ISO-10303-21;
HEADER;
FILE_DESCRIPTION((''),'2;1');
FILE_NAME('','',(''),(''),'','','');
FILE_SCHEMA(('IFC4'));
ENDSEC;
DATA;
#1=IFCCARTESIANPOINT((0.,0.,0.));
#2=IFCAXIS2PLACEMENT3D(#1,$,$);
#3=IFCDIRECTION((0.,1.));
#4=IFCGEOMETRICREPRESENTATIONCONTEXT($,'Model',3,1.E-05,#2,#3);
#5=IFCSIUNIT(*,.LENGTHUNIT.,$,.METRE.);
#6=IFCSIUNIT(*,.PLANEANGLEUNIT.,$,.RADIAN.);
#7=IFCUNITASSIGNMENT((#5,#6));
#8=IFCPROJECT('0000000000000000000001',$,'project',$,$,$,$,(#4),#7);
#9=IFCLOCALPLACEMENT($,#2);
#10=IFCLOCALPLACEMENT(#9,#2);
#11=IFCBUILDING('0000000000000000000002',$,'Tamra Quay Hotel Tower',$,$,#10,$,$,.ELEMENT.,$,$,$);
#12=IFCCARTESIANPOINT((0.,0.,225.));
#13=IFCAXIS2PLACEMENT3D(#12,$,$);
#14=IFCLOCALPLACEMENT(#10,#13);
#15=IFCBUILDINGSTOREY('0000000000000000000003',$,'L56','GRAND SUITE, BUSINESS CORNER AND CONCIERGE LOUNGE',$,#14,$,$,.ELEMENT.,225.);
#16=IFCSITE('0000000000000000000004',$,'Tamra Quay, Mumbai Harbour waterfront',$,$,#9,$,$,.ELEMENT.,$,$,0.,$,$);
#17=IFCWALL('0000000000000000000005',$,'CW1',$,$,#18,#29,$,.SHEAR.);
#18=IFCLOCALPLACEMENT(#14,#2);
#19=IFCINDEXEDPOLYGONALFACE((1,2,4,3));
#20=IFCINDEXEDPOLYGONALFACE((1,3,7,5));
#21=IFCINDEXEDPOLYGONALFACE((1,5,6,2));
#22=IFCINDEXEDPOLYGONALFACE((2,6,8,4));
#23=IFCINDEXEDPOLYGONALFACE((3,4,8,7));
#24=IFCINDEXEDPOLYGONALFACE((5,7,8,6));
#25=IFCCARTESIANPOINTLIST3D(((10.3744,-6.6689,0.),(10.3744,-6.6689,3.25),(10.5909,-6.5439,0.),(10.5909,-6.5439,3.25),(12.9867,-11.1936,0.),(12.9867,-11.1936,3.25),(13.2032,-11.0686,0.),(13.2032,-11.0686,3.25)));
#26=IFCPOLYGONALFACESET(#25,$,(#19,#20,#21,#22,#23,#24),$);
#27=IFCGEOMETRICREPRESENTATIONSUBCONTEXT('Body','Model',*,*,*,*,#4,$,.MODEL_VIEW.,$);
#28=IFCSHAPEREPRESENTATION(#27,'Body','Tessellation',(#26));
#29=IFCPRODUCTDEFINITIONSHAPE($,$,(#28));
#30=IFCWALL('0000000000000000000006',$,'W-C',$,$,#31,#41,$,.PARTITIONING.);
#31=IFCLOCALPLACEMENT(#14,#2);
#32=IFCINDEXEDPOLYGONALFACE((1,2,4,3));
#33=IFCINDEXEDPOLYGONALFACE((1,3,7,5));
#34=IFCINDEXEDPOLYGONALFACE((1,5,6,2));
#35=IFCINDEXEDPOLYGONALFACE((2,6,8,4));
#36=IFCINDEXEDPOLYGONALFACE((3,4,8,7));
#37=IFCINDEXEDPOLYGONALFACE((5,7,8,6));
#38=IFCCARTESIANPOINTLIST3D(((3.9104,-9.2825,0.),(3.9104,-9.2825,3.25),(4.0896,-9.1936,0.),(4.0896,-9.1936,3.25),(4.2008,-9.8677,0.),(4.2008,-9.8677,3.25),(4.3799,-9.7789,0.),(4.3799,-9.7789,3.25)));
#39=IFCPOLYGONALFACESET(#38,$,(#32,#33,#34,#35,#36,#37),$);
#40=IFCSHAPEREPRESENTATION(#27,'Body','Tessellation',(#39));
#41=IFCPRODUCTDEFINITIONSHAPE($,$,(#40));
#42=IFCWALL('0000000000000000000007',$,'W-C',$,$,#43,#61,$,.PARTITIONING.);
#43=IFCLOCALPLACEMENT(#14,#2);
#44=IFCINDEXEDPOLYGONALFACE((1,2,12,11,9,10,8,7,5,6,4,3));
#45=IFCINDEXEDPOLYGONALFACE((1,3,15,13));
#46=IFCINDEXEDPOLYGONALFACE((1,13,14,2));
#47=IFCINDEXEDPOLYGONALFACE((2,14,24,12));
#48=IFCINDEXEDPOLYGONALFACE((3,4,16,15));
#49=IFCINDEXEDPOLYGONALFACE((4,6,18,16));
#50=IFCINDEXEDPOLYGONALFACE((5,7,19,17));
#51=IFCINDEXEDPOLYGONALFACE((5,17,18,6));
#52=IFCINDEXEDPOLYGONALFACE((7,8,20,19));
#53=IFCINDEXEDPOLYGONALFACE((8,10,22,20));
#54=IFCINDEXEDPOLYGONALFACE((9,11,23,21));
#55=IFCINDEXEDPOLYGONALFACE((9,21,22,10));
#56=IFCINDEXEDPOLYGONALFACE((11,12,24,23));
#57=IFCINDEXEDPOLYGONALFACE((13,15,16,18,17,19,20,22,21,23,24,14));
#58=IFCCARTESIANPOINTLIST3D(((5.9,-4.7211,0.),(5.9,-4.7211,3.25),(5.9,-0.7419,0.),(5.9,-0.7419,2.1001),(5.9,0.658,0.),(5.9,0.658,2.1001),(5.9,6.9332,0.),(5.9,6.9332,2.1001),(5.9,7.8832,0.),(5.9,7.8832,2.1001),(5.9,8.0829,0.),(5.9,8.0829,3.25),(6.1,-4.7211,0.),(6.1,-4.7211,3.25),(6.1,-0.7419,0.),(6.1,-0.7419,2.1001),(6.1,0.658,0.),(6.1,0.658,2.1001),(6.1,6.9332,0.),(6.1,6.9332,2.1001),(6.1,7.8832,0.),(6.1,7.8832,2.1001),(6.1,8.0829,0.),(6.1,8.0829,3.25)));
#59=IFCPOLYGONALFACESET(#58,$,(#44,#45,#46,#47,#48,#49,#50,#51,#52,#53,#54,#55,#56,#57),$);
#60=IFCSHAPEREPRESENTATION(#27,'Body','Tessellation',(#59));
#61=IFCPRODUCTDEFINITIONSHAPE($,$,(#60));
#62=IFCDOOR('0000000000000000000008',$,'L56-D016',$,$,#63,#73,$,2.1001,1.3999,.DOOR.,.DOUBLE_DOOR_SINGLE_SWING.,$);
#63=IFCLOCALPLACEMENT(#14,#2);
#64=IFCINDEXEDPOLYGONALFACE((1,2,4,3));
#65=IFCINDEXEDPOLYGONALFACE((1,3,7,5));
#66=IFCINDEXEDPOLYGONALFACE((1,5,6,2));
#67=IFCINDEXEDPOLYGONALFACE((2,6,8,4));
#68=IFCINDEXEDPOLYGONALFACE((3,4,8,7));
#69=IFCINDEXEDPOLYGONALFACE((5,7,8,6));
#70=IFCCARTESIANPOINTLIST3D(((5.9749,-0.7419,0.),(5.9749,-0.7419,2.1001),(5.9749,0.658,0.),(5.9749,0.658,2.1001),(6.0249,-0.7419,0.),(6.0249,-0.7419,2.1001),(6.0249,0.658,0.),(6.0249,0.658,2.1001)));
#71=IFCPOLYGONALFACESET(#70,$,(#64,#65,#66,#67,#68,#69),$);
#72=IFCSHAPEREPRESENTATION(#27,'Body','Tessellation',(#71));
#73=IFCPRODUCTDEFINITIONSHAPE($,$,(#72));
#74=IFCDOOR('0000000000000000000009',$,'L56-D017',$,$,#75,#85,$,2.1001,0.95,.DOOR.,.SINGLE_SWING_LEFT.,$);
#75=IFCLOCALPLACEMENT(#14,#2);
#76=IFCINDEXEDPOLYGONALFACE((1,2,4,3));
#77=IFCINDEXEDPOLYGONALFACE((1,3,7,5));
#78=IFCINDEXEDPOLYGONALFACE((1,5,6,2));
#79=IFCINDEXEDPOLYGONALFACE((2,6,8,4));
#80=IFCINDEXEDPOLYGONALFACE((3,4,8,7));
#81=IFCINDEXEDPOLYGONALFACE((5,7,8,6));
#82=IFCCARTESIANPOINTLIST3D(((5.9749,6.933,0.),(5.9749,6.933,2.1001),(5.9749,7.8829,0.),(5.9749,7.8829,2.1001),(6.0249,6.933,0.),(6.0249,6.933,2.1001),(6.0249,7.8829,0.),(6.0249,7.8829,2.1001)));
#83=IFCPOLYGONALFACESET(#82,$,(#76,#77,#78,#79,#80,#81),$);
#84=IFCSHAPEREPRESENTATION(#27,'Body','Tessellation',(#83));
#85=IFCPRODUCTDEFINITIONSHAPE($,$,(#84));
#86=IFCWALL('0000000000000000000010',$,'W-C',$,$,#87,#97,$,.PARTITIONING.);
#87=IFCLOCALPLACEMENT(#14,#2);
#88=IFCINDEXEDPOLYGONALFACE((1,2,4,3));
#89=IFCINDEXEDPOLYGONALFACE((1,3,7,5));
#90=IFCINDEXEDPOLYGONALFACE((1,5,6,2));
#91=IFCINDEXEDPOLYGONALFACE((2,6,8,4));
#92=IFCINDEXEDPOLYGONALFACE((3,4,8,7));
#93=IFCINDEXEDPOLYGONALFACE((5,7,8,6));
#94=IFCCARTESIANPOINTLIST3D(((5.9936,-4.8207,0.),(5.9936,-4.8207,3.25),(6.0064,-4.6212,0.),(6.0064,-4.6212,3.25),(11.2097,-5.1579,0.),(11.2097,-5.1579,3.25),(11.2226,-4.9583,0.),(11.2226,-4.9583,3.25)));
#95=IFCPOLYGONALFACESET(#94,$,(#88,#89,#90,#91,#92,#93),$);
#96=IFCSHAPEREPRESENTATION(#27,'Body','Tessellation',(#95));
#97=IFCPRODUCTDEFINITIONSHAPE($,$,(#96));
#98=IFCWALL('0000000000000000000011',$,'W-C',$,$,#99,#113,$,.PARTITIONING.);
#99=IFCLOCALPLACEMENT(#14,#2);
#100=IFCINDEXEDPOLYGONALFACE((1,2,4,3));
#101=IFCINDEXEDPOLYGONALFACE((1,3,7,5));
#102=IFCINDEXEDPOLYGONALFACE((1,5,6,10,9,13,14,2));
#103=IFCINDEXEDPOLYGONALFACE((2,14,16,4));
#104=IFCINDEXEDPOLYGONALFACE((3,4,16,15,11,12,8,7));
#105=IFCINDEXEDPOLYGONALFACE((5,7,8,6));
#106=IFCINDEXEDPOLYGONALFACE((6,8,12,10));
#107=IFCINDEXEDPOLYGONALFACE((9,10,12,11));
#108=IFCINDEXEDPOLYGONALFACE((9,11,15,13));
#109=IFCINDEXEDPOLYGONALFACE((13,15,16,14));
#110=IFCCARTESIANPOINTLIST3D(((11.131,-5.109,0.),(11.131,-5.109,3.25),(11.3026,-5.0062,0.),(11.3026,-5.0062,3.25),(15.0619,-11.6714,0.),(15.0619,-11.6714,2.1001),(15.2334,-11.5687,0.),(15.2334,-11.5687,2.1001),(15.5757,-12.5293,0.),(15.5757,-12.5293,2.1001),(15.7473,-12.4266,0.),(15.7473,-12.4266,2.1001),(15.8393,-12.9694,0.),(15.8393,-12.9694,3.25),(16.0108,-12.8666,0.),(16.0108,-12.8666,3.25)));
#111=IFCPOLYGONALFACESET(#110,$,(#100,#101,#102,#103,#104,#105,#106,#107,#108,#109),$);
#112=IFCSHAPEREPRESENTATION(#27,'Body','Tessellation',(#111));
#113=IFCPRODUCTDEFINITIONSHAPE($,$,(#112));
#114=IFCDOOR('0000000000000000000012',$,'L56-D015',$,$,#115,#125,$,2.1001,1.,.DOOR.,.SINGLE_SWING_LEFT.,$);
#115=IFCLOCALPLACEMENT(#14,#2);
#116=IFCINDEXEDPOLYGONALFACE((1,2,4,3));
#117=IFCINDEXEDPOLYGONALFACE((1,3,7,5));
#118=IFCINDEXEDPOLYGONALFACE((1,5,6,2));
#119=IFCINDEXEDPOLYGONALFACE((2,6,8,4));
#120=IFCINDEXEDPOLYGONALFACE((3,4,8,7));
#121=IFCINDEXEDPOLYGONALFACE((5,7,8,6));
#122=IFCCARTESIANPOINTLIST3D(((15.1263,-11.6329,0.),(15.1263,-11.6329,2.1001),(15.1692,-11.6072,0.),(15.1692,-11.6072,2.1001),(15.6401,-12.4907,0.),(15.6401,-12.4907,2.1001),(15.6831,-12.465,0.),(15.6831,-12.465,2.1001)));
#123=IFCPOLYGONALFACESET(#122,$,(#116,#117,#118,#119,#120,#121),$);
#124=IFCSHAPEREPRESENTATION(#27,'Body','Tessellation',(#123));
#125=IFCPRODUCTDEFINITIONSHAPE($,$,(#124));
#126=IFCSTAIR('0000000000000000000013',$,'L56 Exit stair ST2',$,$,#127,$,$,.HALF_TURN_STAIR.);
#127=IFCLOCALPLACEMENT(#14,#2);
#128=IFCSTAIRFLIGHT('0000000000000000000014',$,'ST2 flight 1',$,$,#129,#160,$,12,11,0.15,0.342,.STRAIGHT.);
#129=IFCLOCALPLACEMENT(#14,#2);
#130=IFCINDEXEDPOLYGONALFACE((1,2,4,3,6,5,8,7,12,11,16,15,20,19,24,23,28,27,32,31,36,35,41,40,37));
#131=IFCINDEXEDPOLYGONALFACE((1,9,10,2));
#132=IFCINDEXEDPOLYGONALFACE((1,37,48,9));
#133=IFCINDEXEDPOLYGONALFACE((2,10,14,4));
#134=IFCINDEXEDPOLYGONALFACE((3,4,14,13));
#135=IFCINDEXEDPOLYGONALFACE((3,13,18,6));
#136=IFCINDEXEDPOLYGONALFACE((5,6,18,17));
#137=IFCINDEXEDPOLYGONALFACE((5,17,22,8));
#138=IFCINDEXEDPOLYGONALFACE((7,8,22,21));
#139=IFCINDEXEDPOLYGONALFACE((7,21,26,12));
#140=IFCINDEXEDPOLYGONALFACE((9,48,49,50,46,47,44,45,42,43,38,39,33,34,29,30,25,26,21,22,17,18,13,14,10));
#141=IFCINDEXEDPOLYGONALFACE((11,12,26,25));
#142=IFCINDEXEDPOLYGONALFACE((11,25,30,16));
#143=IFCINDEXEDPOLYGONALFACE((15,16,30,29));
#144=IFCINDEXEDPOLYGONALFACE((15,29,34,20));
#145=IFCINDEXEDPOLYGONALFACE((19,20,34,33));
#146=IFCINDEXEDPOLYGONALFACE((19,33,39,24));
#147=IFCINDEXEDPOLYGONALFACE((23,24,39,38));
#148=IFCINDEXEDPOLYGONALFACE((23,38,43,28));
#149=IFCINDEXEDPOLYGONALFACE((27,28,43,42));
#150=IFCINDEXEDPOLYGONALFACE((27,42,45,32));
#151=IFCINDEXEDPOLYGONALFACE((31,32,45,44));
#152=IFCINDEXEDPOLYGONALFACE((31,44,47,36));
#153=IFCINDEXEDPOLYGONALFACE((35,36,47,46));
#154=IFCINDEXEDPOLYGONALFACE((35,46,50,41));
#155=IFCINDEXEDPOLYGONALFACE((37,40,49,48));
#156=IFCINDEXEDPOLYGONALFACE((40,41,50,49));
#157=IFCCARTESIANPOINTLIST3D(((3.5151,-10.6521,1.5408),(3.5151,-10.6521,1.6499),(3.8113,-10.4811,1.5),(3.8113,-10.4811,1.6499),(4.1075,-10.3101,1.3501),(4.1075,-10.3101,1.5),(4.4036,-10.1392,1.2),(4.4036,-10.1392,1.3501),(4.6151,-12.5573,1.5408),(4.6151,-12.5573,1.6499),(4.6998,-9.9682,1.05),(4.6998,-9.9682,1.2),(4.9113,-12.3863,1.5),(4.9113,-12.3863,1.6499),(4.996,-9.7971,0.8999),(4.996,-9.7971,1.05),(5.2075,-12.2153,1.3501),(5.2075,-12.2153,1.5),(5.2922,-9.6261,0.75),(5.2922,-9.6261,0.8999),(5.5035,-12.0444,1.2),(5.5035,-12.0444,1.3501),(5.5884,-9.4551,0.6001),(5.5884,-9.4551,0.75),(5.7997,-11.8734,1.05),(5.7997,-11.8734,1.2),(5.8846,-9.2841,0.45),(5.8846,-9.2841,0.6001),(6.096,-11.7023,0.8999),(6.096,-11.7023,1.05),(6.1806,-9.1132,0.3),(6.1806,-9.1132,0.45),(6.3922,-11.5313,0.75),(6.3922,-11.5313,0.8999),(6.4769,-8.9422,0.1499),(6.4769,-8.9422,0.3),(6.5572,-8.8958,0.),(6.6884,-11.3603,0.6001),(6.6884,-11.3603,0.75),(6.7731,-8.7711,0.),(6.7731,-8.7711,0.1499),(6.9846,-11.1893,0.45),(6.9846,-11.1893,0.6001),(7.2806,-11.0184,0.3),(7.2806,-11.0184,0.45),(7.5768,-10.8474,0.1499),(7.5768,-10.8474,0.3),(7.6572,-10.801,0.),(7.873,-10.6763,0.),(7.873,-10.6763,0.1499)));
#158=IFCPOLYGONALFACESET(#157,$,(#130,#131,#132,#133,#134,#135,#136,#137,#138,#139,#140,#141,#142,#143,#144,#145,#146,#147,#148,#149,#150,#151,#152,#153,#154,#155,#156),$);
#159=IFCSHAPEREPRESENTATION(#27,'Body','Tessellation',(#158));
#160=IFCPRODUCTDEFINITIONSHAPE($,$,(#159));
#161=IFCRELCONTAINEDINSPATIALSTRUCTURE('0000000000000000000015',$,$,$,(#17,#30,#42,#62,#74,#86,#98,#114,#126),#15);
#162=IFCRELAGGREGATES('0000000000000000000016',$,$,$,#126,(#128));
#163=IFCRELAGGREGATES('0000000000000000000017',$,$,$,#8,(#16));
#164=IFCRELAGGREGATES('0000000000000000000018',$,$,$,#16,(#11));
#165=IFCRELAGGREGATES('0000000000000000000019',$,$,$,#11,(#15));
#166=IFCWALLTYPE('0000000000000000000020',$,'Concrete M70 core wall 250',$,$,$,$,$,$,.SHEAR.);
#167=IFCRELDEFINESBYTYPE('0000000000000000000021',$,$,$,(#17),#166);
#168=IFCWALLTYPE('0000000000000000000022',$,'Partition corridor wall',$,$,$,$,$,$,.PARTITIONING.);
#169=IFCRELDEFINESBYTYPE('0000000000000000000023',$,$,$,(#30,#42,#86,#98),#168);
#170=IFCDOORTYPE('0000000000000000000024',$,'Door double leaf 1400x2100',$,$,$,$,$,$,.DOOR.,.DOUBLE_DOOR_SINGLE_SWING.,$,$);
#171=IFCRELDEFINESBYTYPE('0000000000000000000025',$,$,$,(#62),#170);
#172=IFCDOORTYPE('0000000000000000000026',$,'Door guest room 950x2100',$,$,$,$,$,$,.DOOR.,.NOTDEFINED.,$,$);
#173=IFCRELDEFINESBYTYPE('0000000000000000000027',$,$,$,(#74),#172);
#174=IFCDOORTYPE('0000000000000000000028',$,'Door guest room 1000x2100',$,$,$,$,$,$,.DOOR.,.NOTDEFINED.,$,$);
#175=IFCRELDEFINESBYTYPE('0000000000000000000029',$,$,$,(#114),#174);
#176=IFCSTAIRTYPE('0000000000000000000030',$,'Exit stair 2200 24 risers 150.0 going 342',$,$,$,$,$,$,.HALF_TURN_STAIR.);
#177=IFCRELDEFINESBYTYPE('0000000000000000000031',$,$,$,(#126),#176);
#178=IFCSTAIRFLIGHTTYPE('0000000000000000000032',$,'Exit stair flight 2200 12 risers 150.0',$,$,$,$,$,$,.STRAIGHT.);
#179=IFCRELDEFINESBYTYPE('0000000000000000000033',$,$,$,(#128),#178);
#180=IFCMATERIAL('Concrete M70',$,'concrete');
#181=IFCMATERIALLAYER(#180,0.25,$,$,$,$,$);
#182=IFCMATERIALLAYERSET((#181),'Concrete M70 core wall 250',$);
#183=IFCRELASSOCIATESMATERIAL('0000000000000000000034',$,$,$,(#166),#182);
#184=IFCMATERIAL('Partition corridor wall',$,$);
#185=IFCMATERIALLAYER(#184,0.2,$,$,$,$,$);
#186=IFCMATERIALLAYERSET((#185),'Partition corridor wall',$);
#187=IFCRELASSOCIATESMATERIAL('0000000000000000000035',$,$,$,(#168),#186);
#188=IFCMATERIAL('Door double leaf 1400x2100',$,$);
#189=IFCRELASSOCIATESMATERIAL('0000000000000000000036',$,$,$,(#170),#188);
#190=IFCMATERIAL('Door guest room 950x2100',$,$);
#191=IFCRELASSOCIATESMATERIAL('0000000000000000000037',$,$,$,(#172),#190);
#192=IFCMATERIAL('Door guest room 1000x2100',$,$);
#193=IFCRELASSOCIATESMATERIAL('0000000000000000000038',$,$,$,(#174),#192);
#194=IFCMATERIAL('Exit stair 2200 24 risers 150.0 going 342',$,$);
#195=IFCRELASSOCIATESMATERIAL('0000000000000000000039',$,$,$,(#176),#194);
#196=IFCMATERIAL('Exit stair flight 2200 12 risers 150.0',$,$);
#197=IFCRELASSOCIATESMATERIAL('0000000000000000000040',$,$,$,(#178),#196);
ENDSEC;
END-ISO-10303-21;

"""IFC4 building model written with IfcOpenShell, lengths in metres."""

from ifc_helpers import new_model, si_unit, direction, frame, frame_2d, origin, place, context, subcontext, project, spatial, polyline, rectangle, outline, extrude, material, layer, layer_set, type_object, element, fill, aggregate, save


model = new_model("IFC4")

# Units and contexts
model_context = context("Model", 3, precision=1e-05, world=origin(), true_north=direction((0.0, 1.0)))
body_context = subcontext(model_context, "Body", "Model", "MODEL_VIEW")
ifc_project = project(units=[si_unit("LENGTHUNIT", "METRE"), si_unit("PLANEANGLEUNIT", "RADIAN")], contexts=[model_context])

# Site, building, storey
site_placement = place(None, origin())
site = spatial("IfcSite", under=ifc_project, at=site_placement, Name="Tamra Quay, Mumbai Harbour waterfront", CompositionType="ELEMENT", RefElevation=0.0)
building_placement = place(site_placement, origin())
building = spatial("IfcBuilding", under=site, at=building_placement, Name="Tamra Quay Hotel Tower", CompositionType="ELEMENT")
storey_placement = place(building_placement, frame((0.0, 0.0, 225.0)))
storey = spatial("IfcBuildingStorey", under=building, at=storey_placement, Name="L56", Description="GRAND SUITE, BUSINESS CORNER AND CONCIERGE LOUNGE", CompositionType="ELEMENT", Elevation=225.0)

# Shared definitions
ifc_material_1 = material(Name="Concrete M70", Category="concrete")

# Shared definitions
ifc_layer_1 = layer(ifc_material_1, 0.25)
ifc_layer_set_1 = layer_set([ifc_layer_1], Name="Concrete M70 core wall 250")
wall_type_1 = type_object("IfcWallType", Name="Concrete M70 core wall 250", PredefinedType="SHEAR", material=ifc_layer_set_1)

# Walls
wall_1_placement = place(storey_placement, frame((10.4827, -6.6064, 0.0), z_axis=(0.0, 0.0, 1.0), x_axis=(0.499999, -0.866026, 0.0)))
element("IfcWall", 1, at=wall_1_placement, inside=storey, type_object=wall_type_1, Name="CW1", PredefinedType="SHEAR", context=body_context, shape_type="SweptSolid", body=[
    extrude(rectangle(XDim=5.2246, YDim=0.25, at=frame_2d((2.6123, 0.0))), origin(), (0.0, 0.0, 1.0), 3.25),
])
ifc_material_2 = material(Name="Partition corridor wall")
ifc_layer_2 = layer(ifc_material_2, 0.2)
ifc_layer_set_2 = layer_set([ifc_layer_2], Name="Partition corridor wall")
wall_type_2 = type_object("IfcWallType", Name="Partition corridor wall", PredefinedType="PARTITIONING", material=ifc_layer_set_2)
wall_2_placement = place(storey_placement, frame((4.0, -9.238, 0.0), z_axis=(0.0, 0.0, 1.0), x_axis=(0.444371, -0.895843, 0.0)))
element("IfcWall", 2, at=wall_2_placement, inside=storey, type_object=wall_type_2, Name="W-C", PredefinedType="PARTITIONING", context=body_context, shape_type="SweptSolid", body=[
    extrude(rectangle(XDim=0.6533, YDim=0.2, at=frame_2d((0.3267, 0.0))), origin(), (0.0, 0.0, 1.0), 3.25),
])

# Wall, openings, doors
wall_3_placement = place(storey_placement, frame((6.0, -4.7209, 0.0), z_axis=(0.0, 0.0, 1.0), x_axis=(0.0, 1.0, 0.0)))
wall_3 = element("IfcWall", 3, at=wall_3_placement, inside=storey, type_object=wall_type_2, Name="W-C", PredefinedType="PARTITIONING", context=body_context, shape_type="SweptSolid", body=[
    extrude(rectangle(XDim=12.804, YDim=0.2, at=frame_2d((6.4019, 0.0))), origin(), (0.0, 0.0, 1.0), 3.25),
])
opening_1_placement = place(wall_3_placement, frame((3.979, 0.0, 0.0)))
opening_1 = element("IfcOpeningElement", 4, at=opening_1_placement, cuts=wall_3, PredefinedType="OPENING", context=body_context, shape_type="SweptSolid", body=[
    extrude(rectangle(XDim=1.3999, YDim=2.1001, at=frame_2d((0.7, 1.05))), frame((0.0, 0.1099, 0.0), z_axis=(0.0, -1.0, 0.0), x_axis=(1.0, 0.0, 0.0)), (0.0, 0.0, 1.0), 0.22),
])
opening_2_placement = place(wall_3_placement, frame((11.6541, 0.0, 0.0)))
opening_2 = element("IfcOpeningElement", 5, at=opening_2_placement, cuts=wall_3, PredefinedType="OPENING", context=body_context, shape_type="SweptSolid", body=[
    extrude(rectangle(XDim=0.95, YDim=2.1001, at=frame_2d((0.4751, 1.05))), frame((0.0, 0.1099, 0.0), z_axis=(0.0, -1.0, 0.0), x_axis=(1.0, 0.0, 0.0)), (0.0, 0.0, 1.0), 0.22),
])
ifc_material_3 = material(Name="Door double leaf 1400x2100")
door_type_1 = type_object("IfcDoorType", Name="Door double leaf 1400x2100", OperationType="DOUBLE_DOOR_SINGLE_SWING", PredefinedType="DOOR", material=ifc_material_3)
door_1_placement = place(opening_1_placement, frame((1.3999, 0.0, 0.0), z_axis=(0.0, 0.0, 1.0), x_axis=(-1.0, 0.0, 0.0)))
door_1 = element("IfcDoor", 6, at=door_1_placement, inside=storey, type_object=door_type_1, Name="L56-D016", OperationType="DOUBLE_DOOR_SINGLE_SWING", OverallHeight=2.1001, OverallWidth=1.3999, PredefinedType="DOOR", context=body_context, shape_type="SweptSolid", body=[
    extrude(rectangle(XDim=1.3999, YDim=2.1001, at=frame_2d((0.7, 1.05))), frame((0.0, 0.0249, 0.0), z_axis=(0.0, -1.0, 0.0), x_axis=(1.0, 0.0, 0.0)), (0.0, 0.0, 1.0), 0.05),
])
fill(opening_1, door_1)
ifc_material_4 = material(Name="Door guest room 950x2100")
door_type_2 = type_object("IfcDoorType", Name="Door guest room 950x2100", OperationType="NOTDEFINED", PredefinedType="DOOR", material=ifc_material_4)
door_2_placement = place(opening_2_placement, frame((0.95, 0.0, 0.0), z_axis=(0.0, 0.0, 1.0), x_axis=(-1.0, 0.0, 0.0)))
door_2 = element("IfcDoor", 7, at=door_2_placement, inside=storey, type_object=door_type_2, Name="L56-D017", OperationType="SINGLE_SWING_LEFT", OverallHeight=2.1001, OverallWidth=0.95, PredefinedType="DOOR", context=body_context, shape_type="SweptSolid", body=[
    extrude(rectangle(XDim=0.95, YDim=2.1001, at=frame_2d((0.4751, 1.05))), frame((0.0, 0.0249, 0.0), z_axis=(0.0, -1.0, 0.0), x_axis=(1.0, 0.0, 0.0)), (0.0, 0.0, 1.0), 0.05),
])
fill(opening_2, door_2)

# Wall
wall_4_placement = place(storey_placement, frame((6.0, -4.7209, 0.0), z_axis=(0.0, 0.0, 1.0), x_axis=(0.997917, -0.064504, 0.0)))
element("IfcWall", 8, at=wall_4_placement, inside=storey, type_object=wall_type_2, Name="W-C", PredefinedType="PARTITIONING", context=body_context, shape_type="SweptSolid", body=[
    extrude(rectangle(XDim=5.2271, YDim=0.2, at=frame_2d((2.6135, 0.0))), origin(), (0.0, 0.0, 1.0), 3.25),
])

# Wall, opening, door
wall_5_placement = place(storey_placement, frame((11.2168, -5.0576, 0.0), z_axis=(0.0, 0.0, 1.0), x_axis=(0.513857, -0.857876, 0.0)))
wall_5 = element("IfcWall", 9, at=wall_5_placement, inside=storey, type_object=wall_type_2, Name="W-C", PredefinedType="PARTITIONING", context=body_context, shape_type="SweptSolid", body=[
    extrude(rectangle(XDim=9.1626, YDim=0.2, at=frame_2d((4.5813, 0.0))), origin(), (0.0, 0.0, 1.0), 3.25),
])
opening_3_placement = place(wall_5_placement, frame((7.6497, 0.0, 0.0)))
opening_3 = element("IfcOpeningElement", 10, at=opening_3_placement, cuts=wall_5, PredefinedType="OPENING", context=body_context, shape_type="SweptSolid", body=[
    extrude(rectangle(XDim=1.0, YDim=2.1001, at=frame_2d((0.5, 1.05))), frame((0.0, 0.1099, 0.0), z_axis=(0.0, -1.0, 0.0), x_axis=(1.0, 0.0, 0.0)), (0.0, 0.0, 1.0), 0.22),
])
ifc_material_5 = material(Name="Door guest room 1000x2100")
door_type_3 = type_object("IfcDoorType", Name="Door guest room 1000x2100", OperationType="NOTDEFINED", PredefinedType="DOOR", material=ifc_material_5)
door_3_placement = place(opening_3_placement, frame((1.0, 0.0, 0.0), z_axis=(0.0, 0.0, 1.0), x_axis=(-1.0, 0.0, 0.0)))
door_3 = element("IfcDoor", 11, at=door_3_placement, inside=storey, type_object=door_type_3, Name="L56-D015", OperationType="SINGLE_SWING_LEFT", OverallHeight=2.1001, OverallWidth=1.0, PredefinedType="DOOR", context=body_context, shape_type="SweptSolid", body=[
    extrude(rectangle(XDim=1.0, YDim=2.1001, at=frame_2d((0.5, 1.05))), frame((0.0, 0.0249, 0.0), z_axis=(0.0, -1.0, 0.0), x_axis=(1.0, 0.0, 0.0)), (0.0, 0.0, 1.0), 0.05),
])
fill(opening_3, door_3)

# Stair, stair flight
ifc_material_6 = material(Name="Exit stair 2200 24 risers 150.0 going 342")
stair_type = type_object("IfcStairType", Name="Exit stair 2200 24 risers 150.0 going 342", PredefinedType="HALF_TURN_STAIR", material=ifc_material_6)
stair_placement = place(storey_placement, origin())
stair = element("IfcStair", 12, at=stair_placement, inside=storey, type_object=stair_type, Name="L56 Exit stair ST2", PredefinedType="HALF_TURN_STAIR")
ifc_material_7 = material(Name="Exit stair flight 2200 12 risers 150.0")
stair_flight_type = type_object("IfcStairFlightType", Name="Exit stair flight 2200 12 risers 150.0", PredefinedType="STRAIGHT", material=ifc_material_7)
stair_flight_placement = place(storey_placement, frame((7.323, -9.7236, 0.0), z_axis=(0.0, 0.0, 1.0), x_axis=(-0.866025, -0.5, 0.0)))
stair_flight = element("IfcStairFlight", 13, at=stair_flight_placement, type_object=stair_flight_type, Name="ST2 flight 1", NumberOfRisers=12, NumberOfTreads=11, PredefinedType="STRAIGHT", RiserHeight=0.15, TreadLength=0.342, context=body_context, shape_type="SweptSolid", body=[
    extrude(outline(polyline([(0.0, 0.0), (0.0, 0.1499), (0.342, 0.1499), (0.342, 0.3), (0.6841, 0.3), (0.6841, 0.45), (1.0259, 0.45), (1.0259, 0.6001), (1.3679, 0.6001), (1.3679, 0.75), (1.71, 0.75), (1.71, 0.8999), (2.052, 0.8999), (2.052, 1.05), (2.394, 1.05), (2.394, 1.2), (2.7361, 1.2), (2.7361, 1.3501), (3.0779, 1.3501), (3.0779, 1.5), (3.4199, 1.5), (3.4199, 1.6499), (3.762, 1.6499), (3.762, 1.8), (3.762, 1.5408), (0.2493, 0.0), (0.0, 0.0)])), frame((0.0, 1.1001, 0.0), z_axis=(0.0, -1.0, 0.0), x_axis=(1.0, 0.0, 0.0)), (0.0, 0.0, 1.0), 2.2),
])
aggregate(stair, [stair_flight])

save(model, "model.ifc")
